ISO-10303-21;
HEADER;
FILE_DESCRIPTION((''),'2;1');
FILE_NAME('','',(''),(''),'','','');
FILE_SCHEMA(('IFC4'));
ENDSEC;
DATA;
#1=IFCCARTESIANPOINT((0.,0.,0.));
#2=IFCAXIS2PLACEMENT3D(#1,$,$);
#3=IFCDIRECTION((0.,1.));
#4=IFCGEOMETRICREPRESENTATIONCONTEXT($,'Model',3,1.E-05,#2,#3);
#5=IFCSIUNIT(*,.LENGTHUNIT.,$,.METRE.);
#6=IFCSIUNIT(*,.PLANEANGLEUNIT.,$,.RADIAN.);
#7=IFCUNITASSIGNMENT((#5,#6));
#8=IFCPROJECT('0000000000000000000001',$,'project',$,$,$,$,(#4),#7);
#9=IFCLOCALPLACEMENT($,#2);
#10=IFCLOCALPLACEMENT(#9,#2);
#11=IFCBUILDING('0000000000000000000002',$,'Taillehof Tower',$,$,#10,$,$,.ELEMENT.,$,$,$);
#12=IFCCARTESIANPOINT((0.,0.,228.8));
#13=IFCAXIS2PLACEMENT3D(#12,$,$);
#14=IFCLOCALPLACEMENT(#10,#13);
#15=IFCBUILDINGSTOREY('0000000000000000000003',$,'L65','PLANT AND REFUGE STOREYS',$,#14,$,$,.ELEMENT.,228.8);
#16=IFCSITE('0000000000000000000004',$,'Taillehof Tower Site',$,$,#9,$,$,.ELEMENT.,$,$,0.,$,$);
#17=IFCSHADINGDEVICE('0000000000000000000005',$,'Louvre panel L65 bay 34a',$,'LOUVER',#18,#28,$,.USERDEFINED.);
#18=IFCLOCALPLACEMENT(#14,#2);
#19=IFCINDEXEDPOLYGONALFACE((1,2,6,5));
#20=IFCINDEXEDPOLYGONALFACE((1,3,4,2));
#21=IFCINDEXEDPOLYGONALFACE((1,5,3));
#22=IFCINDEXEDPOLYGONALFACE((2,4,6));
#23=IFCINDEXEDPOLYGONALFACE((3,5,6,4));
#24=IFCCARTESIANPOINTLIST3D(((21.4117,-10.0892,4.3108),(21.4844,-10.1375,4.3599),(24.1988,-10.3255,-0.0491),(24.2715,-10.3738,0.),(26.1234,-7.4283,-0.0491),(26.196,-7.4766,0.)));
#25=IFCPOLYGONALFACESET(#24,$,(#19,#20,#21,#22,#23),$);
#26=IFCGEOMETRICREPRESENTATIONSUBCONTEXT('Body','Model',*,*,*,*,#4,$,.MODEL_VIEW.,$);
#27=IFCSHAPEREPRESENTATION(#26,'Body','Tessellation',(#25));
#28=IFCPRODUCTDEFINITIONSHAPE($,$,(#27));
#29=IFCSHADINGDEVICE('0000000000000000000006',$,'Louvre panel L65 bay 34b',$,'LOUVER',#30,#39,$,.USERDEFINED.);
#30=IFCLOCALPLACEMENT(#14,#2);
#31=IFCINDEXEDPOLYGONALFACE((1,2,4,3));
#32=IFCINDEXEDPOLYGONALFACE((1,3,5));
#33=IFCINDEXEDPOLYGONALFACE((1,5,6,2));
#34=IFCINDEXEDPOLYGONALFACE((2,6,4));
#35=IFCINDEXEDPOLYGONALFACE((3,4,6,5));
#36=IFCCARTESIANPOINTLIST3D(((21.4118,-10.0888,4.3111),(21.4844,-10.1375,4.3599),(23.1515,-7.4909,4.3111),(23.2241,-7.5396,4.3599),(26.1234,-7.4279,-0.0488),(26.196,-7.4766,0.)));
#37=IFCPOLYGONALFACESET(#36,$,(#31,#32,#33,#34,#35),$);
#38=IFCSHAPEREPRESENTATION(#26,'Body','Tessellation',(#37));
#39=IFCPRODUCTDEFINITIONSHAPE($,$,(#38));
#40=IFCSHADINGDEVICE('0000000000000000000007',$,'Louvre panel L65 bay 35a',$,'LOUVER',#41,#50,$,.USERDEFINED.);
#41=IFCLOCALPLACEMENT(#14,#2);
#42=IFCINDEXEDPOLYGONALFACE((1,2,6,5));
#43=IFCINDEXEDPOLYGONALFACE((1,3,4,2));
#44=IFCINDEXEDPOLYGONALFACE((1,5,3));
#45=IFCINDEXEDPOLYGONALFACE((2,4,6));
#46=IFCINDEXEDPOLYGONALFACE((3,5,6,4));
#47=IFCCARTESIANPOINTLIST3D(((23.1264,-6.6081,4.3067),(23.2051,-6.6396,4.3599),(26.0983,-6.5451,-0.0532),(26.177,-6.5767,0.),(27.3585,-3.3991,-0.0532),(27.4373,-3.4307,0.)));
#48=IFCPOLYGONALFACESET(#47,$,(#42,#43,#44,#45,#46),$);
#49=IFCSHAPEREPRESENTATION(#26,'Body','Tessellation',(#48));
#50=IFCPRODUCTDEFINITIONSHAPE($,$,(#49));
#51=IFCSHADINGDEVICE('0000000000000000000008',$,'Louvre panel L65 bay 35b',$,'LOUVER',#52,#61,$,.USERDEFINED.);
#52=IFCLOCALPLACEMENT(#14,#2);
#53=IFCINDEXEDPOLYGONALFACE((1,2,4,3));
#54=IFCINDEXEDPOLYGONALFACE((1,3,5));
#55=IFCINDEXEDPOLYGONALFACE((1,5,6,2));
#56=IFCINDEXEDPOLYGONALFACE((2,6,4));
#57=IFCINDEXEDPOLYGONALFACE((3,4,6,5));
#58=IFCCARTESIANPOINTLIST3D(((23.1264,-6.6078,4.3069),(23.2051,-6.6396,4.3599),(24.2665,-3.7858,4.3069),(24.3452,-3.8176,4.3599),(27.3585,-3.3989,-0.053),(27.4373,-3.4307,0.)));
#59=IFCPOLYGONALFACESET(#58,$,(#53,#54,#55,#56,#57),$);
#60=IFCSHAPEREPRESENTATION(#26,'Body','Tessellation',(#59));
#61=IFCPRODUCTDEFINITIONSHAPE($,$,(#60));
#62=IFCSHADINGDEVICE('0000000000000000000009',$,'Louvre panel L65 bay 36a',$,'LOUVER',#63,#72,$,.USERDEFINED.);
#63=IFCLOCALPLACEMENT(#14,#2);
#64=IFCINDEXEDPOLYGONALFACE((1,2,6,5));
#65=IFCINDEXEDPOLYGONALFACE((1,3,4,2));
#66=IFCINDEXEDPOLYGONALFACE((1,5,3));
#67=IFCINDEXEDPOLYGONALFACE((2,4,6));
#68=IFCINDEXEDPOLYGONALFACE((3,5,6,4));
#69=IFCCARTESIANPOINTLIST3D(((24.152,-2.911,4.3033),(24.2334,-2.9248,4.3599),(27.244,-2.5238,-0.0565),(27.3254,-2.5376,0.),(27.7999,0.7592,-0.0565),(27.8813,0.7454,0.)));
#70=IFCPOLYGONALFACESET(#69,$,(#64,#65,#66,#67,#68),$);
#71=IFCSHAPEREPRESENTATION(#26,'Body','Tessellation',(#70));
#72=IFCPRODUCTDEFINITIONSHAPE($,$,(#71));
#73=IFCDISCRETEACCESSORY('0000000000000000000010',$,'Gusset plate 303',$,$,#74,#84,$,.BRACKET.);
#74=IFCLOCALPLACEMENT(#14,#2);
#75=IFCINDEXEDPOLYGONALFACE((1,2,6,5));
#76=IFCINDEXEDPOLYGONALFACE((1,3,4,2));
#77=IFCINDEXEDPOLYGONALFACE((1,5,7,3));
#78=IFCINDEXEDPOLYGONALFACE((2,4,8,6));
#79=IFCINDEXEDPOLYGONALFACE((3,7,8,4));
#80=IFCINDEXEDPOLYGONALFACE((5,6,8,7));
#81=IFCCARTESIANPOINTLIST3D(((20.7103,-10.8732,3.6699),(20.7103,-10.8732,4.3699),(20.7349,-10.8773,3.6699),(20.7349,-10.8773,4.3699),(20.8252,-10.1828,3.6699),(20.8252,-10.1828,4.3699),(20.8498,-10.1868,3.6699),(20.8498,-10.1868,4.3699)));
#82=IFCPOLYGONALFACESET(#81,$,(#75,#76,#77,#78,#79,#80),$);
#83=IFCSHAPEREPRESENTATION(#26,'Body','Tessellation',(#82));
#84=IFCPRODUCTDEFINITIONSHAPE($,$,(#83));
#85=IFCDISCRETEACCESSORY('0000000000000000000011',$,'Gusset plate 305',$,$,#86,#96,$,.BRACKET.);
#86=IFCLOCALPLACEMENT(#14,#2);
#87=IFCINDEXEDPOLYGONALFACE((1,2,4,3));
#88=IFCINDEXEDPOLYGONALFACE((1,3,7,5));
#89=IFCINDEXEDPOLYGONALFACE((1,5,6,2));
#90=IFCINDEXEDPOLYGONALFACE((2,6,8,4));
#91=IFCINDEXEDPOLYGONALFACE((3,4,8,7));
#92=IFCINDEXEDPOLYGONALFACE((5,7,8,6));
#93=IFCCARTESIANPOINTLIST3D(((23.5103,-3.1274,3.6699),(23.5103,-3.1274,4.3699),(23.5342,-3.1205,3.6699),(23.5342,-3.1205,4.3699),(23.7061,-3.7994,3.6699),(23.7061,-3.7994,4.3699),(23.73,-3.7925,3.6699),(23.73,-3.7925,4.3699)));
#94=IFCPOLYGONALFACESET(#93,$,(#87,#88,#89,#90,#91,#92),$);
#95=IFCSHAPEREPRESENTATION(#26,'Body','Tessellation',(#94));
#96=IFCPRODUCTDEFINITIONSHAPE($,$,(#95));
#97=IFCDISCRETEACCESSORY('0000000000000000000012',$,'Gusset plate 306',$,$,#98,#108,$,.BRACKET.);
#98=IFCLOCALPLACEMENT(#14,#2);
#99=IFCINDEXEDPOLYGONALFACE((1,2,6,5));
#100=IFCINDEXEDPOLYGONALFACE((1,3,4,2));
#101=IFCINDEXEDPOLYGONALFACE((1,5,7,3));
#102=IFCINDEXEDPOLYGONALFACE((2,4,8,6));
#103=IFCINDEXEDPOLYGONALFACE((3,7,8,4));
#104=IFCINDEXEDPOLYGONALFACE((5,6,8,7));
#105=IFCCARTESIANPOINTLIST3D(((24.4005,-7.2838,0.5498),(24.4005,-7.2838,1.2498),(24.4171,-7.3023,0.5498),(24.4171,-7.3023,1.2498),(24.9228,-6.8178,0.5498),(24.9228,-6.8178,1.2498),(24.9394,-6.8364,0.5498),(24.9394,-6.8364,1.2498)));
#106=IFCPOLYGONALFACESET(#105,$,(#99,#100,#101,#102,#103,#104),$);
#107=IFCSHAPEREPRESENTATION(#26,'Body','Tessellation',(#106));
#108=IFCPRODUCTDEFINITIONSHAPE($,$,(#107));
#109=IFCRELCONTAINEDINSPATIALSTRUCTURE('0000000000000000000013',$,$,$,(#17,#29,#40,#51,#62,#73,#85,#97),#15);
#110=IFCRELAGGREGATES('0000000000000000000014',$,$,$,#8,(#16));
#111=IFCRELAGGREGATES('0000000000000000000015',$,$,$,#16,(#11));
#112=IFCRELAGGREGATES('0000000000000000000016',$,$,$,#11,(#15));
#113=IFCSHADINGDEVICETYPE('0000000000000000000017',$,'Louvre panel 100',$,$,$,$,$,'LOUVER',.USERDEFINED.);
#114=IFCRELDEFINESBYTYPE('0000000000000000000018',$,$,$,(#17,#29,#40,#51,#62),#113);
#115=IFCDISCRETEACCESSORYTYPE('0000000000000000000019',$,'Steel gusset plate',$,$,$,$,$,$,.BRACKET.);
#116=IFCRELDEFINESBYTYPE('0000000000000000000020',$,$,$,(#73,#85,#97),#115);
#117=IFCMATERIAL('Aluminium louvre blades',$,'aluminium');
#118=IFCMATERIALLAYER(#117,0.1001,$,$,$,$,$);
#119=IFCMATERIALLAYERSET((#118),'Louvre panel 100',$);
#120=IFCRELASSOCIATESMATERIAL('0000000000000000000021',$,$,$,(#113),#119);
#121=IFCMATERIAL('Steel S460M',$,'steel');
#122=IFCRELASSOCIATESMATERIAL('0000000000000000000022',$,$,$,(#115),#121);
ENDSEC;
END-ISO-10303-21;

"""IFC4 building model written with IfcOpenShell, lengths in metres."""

from ifc_helpers import new_model, si_unit, direction, frame, origin, origin_2d, place, context, subcontext, project, spatial, polyline, rectangle, outline, extrude, material, layer, layer_set, type_object, element, save


model = new_model("IFC4")

# Units and contexts
model_context = context("Model", 3, precision=1e-05, world=origin(), true_north=direction((0.0, 1.0)))
body_context = subcontext(model_context, "Body", "Model", "MODEL_VIEW")
ifc_project = project(units=[si_unit("LENGTHUNIT", "METRE"), si_unit("PLANEANGLEUNIT", "RADIAN")], contexts=[model_context])

# Site, building, storey
site_placement = place(None, origin())
site = spatial("IfcSite", under=ifc_project, at=site_placement, Name="Taillehof Tower Site", CompositionType="ELEMENT", RefElevation=0.0)
building_placement = place(site_placement, origin())
building = spatial("IfcBuilding", under=site, at=building_placement, Name="Taillehof Tower", CompositionType="ELEMENT")
storey_placement = place(building_placement, frame((0.0, 0.0, 228.8)))
storey = spatial("IfcBuildingStorey", under=building, at=storey_placement, Name="L65", Description="PLANT AND REFUGE STOREYS", CompositionType="ELEMENT", Elevation=228.8)

# Shading devices
ifc_material_1 = material(Name="Aluminium louvre blades", Category="aluminium")
ifc_layer_1 = layer(ifc_material_1, 0.1001)
ifc_layer_set_1 = layer_set([ifc_layer_1], Name="Louvre panel 100")
shading_device_type = type_object("IfcShadingDeviceType", Name="Louvre panel 100", ElementType="LOUVER", PredefinedType="USERDEFINED", material=ifc_layer_set_1)
shading_device_1_placement = place(storey_placement, frame((24.2715, -10.3738, 0.0), z_axis=(0.726, -0.482267, 0.490248), x_axis=(0.553323, 0.832967, 0.0)))
element("IfcShadingDevice", 1, at=shading_device_1_placement, inside=storey, type_object=shading_device_type, Name="Louvre panel L65 bay 34a", ObjectType="LOUVER", PredefinedType="USERDEFINED", context=body_context, shape_type="SweptSolid", body=[
    extrude(outline(polyline([(0.0, 0.0), (3.4782, 0.0), (-1.3453, 5.0022), (0.0, 0.0)])), origin(), (0.0, 0.0, -1.0), 0.1001),
])
shading_device_2_placement = place(storey_placement, frame((26.196, -7.4766, 0.0), z_axis=(0.725472, -0.48583, 0.487503), x_axis=(-0.563205, -0.011937, 0.826231)))
element("IfcShadingDevice", 2, at=shading_device_2_placement, inside=storey, type_object=shading_device_type, Name="Louvre panel L65 bay 34b", ObjectType="LOUVER", PredefinedType="USERDEFINED", context=body_context, shape_type="SweptSolid", body=[
    extrude(outline(polyline([(0.0, 0.0), (5.2768, 0.0), (6.2877, 2.9587), (0.0, 0.0)])), origin(), (0.0, 0.0, -1.0), 0.1001),
])
shading_device_3_placement = place(storey_placement, frame((26.177, -6.5767, 0.0), z_axis=(0.786337, -0.314999, 0.53146), x_axis=(0.371863, 0.928288, 0.0)))
element("IfcShadingDevice", 3, at=shading_device_3_placement, inside=storey, type_object=shading_device_type, Name="Louvre panel L65 bay 35a", ObjectType="LOUVER", PredefinedType="USERDEFINED", context=body_context, shape_type="SweptSolid", body=[
    extrude(outline(polyline([(0.0, 0.0), (3.389, 0.0), (-1.1636, 5.1469), (0.0, 0.0)])), origin(), (0.0, 0.0, -1.0), 0.1001),
])
shading_device_4_placement = place(storey_placement, frame((27.4373, -3.4307, 0.0), z_axis=(0.786494, -0.317755, 0.529584), x_axis=(-0.576981, -0.072208, 0.813559)))
element("IfcShadingDevice", 4, at=shading_device_4_placement, inside=storey, type_object=shading_device_type, Name="Louvre panel L65 bay 35b", ObjectType="LOUVER", PredefinedType="USERDEFINED", context=body_context, shape_type="SweptSolid", body=[
    extrude(outline(polyline([(0.0, 0.0), (5.359, 0.0), (6.2206, 2.9191), (0.0, 0.0)])), origin(), (0.0, 0.0, -1.0), 0.1001),
])
shading_device_5_placement = place(storey_placement, frame((27.3254, -2.5376, 0.0), z_axis=(0.813643, -0.137775, 0.564804), x_axis=(0.166955, 0.985965, 0.0)))
element("IfcShadingDevice", 5, at=shading_device_5_placement, inside=storey, type_object=shading_device_type, Name="Louvre panel L65 bay 36a", ObjectType="LOUVER", PredefinedType="USERDEFINED", context=body_context, shape_type="SweptSolid", body=[
    extrude(outline(polyline([(0.0, 0.0), (3.3297, 0.0), (-0.898, 5.2832), (0.0, 0.0)])), origin(), (0.0, 0.0, -1.0), 0.1001),
])

# Discrete accessories
ifc_material_2 = material(Name="Steel S460M", Category="steel")
discrete_accessory_type = type_object("IfcDiscreteAccessoryType", Name="Steel gusset plate", PredefinedType="BRACKET", material=ifc_material_2)
for number, where, z_axis, x_axis, name in (
    (6, (20.78, -10.53, 3.6699), (0.0, 0.0, 1.0), (0.164137, 0.986438, 0.0), "Gusset plate 303"),
    (7, (23.6201, -3.46, 3.6699), (0.0, 0.0, 1.0), (-0.279713, 0.960084, 0.0), "Gusset plate 305"),
    (8, (24.6699, -7.0601, 0.5498), (0.0, 0.0, 1.0), (0.746198, 0.665724, 0.0), "Gusset plate 306"),
):
    element("IfcDiscreteAccessory", number, at=place(storey_placement, frame(where, z_axis=z_axis, x_axis=x_axis)), inside=storey, type_object=discrete_accessory_type, Name=name, PredefinedType="BRACKET", context=body_context, shape_type="SweptSolid", body=[
        extrude(rectangle(XDim=0.7, YDim=0.0249, at=origin_2d()), origin(), (0.0, 0.0, 1.0), 0.7),
    ])

save(model, "model.ifc")
